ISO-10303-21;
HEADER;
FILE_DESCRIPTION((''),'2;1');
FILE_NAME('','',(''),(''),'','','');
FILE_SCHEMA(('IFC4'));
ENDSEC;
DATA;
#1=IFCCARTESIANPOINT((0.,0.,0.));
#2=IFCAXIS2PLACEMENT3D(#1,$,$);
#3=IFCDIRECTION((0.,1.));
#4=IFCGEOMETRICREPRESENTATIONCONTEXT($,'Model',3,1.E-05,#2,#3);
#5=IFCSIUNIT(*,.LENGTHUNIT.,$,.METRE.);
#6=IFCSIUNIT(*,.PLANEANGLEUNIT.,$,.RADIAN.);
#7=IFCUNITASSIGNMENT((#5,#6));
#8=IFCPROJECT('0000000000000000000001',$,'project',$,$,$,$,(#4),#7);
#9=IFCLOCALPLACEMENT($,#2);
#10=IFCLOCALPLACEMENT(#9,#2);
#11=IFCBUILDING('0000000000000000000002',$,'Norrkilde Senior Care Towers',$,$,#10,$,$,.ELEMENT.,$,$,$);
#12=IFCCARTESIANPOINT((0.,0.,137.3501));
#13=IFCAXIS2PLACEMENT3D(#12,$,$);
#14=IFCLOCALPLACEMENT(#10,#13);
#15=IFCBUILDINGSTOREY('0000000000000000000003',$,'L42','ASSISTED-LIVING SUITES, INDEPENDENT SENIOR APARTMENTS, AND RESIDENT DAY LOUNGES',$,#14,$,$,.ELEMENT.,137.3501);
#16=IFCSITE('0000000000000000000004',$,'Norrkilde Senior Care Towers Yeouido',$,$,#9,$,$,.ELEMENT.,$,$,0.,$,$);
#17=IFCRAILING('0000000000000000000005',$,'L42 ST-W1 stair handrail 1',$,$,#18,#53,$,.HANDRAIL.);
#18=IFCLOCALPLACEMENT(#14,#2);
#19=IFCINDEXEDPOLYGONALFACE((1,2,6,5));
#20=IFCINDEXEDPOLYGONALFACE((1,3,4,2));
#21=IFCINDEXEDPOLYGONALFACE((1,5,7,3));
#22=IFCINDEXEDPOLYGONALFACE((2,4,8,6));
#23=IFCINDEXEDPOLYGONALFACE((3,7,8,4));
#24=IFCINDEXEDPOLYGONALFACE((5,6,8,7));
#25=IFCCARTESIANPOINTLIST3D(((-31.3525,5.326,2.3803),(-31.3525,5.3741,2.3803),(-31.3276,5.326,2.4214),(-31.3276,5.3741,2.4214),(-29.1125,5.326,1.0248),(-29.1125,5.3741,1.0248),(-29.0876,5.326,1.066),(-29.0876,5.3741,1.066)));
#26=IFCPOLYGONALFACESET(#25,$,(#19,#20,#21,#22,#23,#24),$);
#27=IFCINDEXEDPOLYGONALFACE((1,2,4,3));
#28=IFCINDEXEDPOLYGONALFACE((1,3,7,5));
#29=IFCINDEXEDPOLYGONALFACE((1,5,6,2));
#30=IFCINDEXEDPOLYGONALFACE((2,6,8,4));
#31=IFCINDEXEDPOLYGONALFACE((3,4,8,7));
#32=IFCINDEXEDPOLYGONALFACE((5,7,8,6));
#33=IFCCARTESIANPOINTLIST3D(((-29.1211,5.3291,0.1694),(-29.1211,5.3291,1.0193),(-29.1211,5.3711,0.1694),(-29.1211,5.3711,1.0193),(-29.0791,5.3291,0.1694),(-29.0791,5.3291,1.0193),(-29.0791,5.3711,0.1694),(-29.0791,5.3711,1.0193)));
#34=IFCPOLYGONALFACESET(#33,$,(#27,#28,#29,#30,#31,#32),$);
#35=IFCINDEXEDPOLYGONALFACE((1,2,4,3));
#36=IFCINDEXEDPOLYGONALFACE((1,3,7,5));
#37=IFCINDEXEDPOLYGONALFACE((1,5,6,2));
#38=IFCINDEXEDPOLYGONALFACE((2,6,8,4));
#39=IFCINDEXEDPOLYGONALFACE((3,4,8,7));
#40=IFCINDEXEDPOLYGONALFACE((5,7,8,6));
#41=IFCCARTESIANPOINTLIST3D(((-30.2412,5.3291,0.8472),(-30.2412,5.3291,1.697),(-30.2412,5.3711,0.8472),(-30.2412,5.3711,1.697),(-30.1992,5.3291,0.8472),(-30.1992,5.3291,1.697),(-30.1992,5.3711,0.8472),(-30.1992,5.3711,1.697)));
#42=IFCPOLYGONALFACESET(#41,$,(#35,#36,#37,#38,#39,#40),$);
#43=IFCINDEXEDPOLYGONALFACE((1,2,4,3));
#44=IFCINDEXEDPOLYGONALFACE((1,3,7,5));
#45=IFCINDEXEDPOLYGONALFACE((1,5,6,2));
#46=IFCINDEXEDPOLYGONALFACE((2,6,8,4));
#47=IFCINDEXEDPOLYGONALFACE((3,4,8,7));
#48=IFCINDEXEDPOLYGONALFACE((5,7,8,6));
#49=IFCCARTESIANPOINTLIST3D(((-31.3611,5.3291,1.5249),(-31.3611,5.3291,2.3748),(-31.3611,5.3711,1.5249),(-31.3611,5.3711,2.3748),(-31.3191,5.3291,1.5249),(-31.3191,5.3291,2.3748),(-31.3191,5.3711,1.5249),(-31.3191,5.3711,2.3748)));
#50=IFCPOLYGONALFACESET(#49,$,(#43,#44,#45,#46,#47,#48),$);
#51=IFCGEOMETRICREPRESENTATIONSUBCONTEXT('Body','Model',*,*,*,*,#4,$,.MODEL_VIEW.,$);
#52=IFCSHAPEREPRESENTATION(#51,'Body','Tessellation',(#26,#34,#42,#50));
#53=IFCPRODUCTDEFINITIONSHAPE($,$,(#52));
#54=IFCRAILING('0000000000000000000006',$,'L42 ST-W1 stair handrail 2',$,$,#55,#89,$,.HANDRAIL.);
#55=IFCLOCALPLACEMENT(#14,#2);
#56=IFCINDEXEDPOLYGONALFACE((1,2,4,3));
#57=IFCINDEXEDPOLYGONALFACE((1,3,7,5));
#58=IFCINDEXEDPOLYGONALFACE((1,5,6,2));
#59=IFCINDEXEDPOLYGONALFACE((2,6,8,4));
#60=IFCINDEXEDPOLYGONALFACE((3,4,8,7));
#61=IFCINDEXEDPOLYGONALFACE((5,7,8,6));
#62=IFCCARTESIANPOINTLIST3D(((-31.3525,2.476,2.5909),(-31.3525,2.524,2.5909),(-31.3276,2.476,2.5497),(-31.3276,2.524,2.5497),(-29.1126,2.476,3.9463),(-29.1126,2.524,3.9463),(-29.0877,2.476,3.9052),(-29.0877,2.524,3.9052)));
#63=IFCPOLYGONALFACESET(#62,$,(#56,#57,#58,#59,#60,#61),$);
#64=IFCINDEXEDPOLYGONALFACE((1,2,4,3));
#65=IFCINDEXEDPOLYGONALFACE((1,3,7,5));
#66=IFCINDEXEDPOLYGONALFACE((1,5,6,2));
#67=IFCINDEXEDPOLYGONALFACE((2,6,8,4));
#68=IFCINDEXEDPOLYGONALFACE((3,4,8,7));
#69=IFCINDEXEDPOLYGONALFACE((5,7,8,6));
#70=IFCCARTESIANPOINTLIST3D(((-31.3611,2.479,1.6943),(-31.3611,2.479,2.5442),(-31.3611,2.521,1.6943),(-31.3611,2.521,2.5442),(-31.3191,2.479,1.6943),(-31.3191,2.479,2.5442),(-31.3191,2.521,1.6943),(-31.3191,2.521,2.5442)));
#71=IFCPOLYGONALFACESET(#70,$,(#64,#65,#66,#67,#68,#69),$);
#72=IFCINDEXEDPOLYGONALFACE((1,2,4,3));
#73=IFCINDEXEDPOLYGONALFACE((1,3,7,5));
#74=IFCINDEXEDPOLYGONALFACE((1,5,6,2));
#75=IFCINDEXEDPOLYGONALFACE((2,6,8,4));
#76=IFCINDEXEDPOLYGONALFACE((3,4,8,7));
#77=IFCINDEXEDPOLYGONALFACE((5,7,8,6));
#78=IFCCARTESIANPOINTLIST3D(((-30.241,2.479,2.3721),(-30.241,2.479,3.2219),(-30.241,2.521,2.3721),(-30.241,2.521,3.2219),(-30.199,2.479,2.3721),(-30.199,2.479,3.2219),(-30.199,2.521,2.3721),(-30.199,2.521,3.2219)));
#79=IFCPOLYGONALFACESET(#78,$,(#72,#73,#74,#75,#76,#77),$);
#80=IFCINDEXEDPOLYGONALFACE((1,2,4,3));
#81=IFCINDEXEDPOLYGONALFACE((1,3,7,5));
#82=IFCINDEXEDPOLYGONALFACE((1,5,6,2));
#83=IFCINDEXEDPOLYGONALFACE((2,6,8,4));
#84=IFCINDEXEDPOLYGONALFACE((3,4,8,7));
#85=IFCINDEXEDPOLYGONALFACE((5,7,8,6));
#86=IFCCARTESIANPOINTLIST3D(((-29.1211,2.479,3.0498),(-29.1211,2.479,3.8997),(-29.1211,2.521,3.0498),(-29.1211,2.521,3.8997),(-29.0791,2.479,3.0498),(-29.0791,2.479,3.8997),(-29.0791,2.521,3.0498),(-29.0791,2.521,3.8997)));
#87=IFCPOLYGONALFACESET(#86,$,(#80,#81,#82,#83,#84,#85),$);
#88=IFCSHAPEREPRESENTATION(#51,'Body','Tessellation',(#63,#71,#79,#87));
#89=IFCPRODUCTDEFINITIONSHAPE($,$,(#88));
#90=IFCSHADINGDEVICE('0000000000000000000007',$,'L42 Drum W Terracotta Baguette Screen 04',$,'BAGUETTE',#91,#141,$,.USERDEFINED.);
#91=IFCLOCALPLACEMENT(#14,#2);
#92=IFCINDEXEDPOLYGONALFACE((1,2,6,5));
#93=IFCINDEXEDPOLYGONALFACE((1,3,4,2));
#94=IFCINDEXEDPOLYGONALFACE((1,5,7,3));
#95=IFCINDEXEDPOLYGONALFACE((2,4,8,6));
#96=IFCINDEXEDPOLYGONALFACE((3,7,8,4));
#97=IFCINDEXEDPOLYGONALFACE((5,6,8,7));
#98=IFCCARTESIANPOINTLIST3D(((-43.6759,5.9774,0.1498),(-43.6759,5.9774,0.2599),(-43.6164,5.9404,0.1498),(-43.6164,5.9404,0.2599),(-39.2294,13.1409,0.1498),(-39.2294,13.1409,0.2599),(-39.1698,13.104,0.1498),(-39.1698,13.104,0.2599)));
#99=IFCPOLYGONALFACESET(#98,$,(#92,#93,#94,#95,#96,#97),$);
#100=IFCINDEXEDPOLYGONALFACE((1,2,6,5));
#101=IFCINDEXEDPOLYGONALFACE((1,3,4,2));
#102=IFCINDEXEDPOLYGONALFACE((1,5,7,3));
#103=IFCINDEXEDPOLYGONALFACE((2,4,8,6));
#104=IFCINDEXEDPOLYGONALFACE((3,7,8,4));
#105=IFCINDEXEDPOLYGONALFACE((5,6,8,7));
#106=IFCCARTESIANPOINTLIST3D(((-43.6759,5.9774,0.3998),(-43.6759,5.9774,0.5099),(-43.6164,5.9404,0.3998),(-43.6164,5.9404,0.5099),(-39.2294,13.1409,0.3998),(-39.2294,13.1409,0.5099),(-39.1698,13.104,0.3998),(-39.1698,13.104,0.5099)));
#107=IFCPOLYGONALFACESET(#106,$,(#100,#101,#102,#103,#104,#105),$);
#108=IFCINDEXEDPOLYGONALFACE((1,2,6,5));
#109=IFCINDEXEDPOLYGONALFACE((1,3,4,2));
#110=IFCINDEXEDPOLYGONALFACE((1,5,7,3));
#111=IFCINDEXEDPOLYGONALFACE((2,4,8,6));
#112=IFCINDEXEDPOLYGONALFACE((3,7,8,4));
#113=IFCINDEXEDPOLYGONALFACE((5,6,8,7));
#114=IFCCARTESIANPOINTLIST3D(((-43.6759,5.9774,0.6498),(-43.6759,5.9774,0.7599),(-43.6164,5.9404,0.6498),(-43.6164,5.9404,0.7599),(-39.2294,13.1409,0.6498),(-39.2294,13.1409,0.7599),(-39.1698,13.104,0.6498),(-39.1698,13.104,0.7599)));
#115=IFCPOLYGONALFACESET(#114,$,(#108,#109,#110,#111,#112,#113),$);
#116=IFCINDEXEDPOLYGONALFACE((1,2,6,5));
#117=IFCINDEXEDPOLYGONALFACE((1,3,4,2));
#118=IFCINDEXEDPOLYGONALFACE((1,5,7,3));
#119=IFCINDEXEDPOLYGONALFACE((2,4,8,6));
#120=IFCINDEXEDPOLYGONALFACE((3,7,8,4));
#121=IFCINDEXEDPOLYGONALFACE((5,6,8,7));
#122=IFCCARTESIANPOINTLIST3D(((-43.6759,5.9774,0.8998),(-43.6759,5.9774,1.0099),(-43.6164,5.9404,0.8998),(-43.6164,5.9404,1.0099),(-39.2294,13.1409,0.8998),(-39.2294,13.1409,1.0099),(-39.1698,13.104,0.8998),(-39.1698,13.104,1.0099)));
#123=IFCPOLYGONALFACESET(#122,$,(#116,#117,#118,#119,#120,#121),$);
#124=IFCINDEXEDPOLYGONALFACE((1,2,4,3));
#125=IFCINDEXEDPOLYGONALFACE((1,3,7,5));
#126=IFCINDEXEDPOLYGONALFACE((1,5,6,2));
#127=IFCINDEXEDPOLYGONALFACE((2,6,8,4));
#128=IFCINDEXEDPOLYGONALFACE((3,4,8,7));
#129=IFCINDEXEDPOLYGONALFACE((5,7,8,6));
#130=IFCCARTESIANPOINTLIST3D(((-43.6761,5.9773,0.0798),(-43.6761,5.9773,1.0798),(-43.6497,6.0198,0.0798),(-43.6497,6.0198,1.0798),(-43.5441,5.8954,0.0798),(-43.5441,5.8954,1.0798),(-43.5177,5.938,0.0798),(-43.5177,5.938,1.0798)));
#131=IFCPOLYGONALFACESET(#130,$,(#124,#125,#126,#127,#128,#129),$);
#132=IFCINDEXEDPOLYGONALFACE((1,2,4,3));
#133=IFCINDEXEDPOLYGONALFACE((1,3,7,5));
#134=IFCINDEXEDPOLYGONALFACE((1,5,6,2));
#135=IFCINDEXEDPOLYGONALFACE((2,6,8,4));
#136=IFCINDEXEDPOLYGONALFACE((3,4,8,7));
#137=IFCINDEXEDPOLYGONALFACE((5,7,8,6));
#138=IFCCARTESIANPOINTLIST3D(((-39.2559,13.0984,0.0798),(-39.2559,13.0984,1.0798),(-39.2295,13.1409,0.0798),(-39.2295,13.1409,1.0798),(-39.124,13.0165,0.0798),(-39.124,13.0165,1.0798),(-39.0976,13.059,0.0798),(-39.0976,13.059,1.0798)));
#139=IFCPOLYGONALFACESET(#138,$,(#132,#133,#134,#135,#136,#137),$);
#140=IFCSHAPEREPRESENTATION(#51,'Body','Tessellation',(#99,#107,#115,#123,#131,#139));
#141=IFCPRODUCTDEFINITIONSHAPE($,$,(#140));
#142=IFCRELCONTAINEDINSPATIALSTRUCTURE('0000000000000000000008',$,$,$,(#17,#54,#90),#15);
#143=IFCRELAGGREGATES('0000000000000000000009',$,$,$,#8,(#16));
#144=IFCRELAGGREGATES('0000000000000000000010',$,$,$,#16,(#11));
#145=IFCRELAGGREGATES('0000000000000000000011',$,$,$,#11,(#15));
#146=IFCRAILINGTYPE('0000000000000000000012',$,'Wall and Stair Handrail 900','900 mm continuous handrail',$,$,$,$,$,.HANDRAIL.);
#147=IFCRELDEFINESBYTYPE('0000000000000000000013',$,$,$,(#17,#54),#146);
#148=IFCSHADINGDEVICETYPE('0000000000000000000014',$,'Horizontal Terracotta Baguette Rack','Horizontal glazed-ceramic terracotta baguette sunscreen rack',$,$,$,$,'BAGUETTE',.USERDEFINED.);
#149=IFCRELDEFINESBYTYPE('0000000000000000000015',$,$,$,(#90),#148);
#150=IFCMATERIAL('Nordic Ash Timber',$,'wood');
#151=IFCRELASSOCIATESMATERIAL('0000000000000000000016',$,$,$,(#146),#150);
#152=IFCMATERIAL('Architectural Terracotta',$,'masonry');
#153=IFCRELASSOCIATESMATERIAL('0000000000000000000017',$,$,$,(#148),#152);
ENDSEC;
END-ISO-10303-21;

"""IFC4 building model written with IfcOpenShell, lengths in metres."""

from ifc_helpers import new_model, si_unit, direction, frame, origin, origin_2d, place, context, subcontext, project, spatial, rectangle, extrude, source, transform, mapped, material, type_object, type_shapes, element, save


model = new_model("IFC4")

# Units and contexts
model_context = context("Model", 3, precision=1e-05, world=origin(), true_north=direction((0.0, 1.0)))
body_context = subcontext(model_context, "Body", "Model", "MODEL_VIEW")
ifc_project = project(units=[si_unit("LENGTHUNIT", "METRE"), si_unit("PLANEANGLEUNIT", "RADIAN")], contexts=[model_context])

# Site, building, storey
site_placement = place(None, origin())
site = spatial("IfcSite", under=ifc_project, at=site_placement, Name="Norrkilde Senior Care Towers Yeouido", CompositionType="ELEMENT", RefElevation=0.0)
building_placement = place(site_placement, origin())
building = spatial("IfcBuilding", under=site, at=building_placement, Name="Norrkilde Senior Care Towers", CompositionType="ELEMENT")
storey_placement = place(building_placement, frame((0.0, 0.0, 137.3501)))
storey = spatial("IfcBuildingStorey", under=building, at=storey_placement, Name="L42", Description="ASSISTED-LIVING SUITES, INDEPENDENT SENIOR APARTMENTS, AND RESIDENT DAY LOUNGES", CompositionType="ELEMENT", Elevation=137.3501)

# Railings
ifc_material_1 = material(Name="Nordic Ash Timber", Category="wood")
railing_type_1 = type_object("IfcRailingType", Name="Wall and Stair Handrail 900", Description="900 mm continuous handrail", PredefinedType="HANDRAIL", material=ifc_material_1)
railing_1_placement = place(storey_placement, frame((-29.1001, 5.3501, 0.1694)))
element("IfcRailing", 1, at=railing_1_placement, inside=storey, type_object=railing_type_1, Name="L42 ST-W1 stair handrail 1", PredefinedType="HANDRAIL", context=body_context, shape_type="SweptSolid", body=[
    extrude(rectangle(XDim=0.0481, YDim=0.0481, at=origin_2d()), frame((0.0, 0.0, 0.876), z_axis=(-0.855553, 0.0, 0.517715), x_axis=(0.0, -1.0, 0.0)), (0.0, 0.0, 1.0), 2.6182),
    extrude(rectangle(XDim=0.042, YDim=0.042, at=origin_2d()), origin(), (0.0, 0.0, 1.0), 0.8499),
    extrude(rectangle(XDim=0.042, YDim=0.042, at=origin_2d()), frame((-1.1201, 0.0, 0.6777)), (0.0, 0.0, 1.0), 0.8499),
    extrude(rectangle(XDim=0.042, YDim=0.042, at=origin_2d()), frame((-2.24, 0.0, 1.3555)), (0.0, 0.0, 1.0), 0.8499),
])
railing_2_placement = place(storey_placement, frame((-31.3401, 2.5, 1.6943)))
element("IfcRailing", 2, at=railing_2_placement, inside=storey, type_object=railing_type_1, Name="L42 ST-W1 stair handrail 2", PredefinedType="HANDRAIL", context=body_context, shape_type="SweptSolid", body=[
    extrude(rectangle(XDim=0.0481, YDim=0.0481, at=origin_2d()), frame((0.0, 0.0, 0.876), z_axis=(0.855553, 0.0, 0.517715), x_axis=(0.0, 1.0, 0.0)), (0.0, 0.0, 1.0), 2.6182),
    extrude(rectangle(XDim=0.042, YDim=0.042, at=origin_2d()), origin(), (0.0, 0.0, 1.0), 0.8499),
    extrude(rectangle(XDim=0.042, YDim=0.042, at=origin_2d()), frame((1.1201, 0.0, 0.6777)), (0.0, 0.0, 1.0), 0.8499),
    extrude(rectangle(XDim=0.042, YDim=0.042, at=origin_2d()), frame((2.24, 0.0, 1.3555)), (0.0, 0.0, 1.0), 0.8499),
])

# Shading device
ifc_material_2 = material(Name="Architectural Terracotta", Category="masonry")
shading_device_type = type_object("IfcShadingDeviceType", Name="Horizontal Terracotta Baguette Rack", Description="Horizontal glazed-ceramic terracotta baguette sunscreen rack", ElementType="BAGUETTE", PredefinedType="USERDEFINED", material=ifc_material_2)
shared_shape_1 = source(origin(), body_context, "Body", "SweptSolid", [
    extrude(rectangle(XDim=0.0701, YDim=0.1101, at=origin_2d()), frame((0.0, 0.0901, 0.125), z_axis=(1.0, 0.0, 0.0), x_axis=(0.0, 1.0, 0.0)), (0.0, 0.0, 1.0), 8.4314),
    extrude(rectangle(XDim=0.0701, YDim=0.1101, at=origin_2d()), frame((0.0, 0.0901, 0.375), z_axis=(1.0, 0.0, 0.0), x_axis=(0.0, 1.0, 0.0)), (0.0, 0.0, 1.0), 8.4314),
    extrude(rectangle(XDim=0.0701, YDim=0.1101, at=origin_2d()), frame((0.0, 0.0901, 0.625), z_axis=(1.0, 0.0, 0.0), x_axis=(0.0, 1.0, 0.0)), (0.0, 0.0, 1.0), 8.4314),
    extrude(rectangle(XDim=0.0701, YDim=0.1101, at=origin_2d()), frame((0.0, 0.0901, 0.875), z_axis=(1.0, 0.0, 0.0), x_axis=(0.0, 1.0, 0.0)), (0.0, 0.0, 1.0), 8.4314),
    extrude(rectangle(XDim=0.05, YDim=0.1553, at=origin_2d()), frame((0.0249, 0.0476, 0.0)), (0.0, 0.0, 1.0), 1.0),
    extrude(rectangle(XDim=0.05, YDim=0.1553, at=origin_2d()), frame((8.4062, 0.0476, 0.0)), (0.0, 0.0, 1.0), 1.0),
])
type_shapes(shading_device_type, [shared_shape_1])
shading_device_placement = place(storey_placement, frame((-43.5696, 5.9114, 0.0798), z_axis=(0.0, 0.0, 1.0), x_axis=(0.527378, 0.849631, 0.0)))
element("IfcShadingDevice", 3, at=shading_device_placement, inside=storey, type_object=shading_device_type, Name="L42 Drum W Terracotta Baguette Screen 04", ObjectType="BAGUETTE", PredefinedType="USERDEFINED", context=body_context, shape_type="MappedRepresentation", body=[
    mapped(shared_shape_1, transform((0.0, 0.0, 0.0), x_axis=(1.0, 0.0, 0.0), y_axis=(0.0, 1.0, 0.0), z_axis=(0.0, 0.0, 1.0), scale=1.0)),
])

save(model, "model.ifc")
